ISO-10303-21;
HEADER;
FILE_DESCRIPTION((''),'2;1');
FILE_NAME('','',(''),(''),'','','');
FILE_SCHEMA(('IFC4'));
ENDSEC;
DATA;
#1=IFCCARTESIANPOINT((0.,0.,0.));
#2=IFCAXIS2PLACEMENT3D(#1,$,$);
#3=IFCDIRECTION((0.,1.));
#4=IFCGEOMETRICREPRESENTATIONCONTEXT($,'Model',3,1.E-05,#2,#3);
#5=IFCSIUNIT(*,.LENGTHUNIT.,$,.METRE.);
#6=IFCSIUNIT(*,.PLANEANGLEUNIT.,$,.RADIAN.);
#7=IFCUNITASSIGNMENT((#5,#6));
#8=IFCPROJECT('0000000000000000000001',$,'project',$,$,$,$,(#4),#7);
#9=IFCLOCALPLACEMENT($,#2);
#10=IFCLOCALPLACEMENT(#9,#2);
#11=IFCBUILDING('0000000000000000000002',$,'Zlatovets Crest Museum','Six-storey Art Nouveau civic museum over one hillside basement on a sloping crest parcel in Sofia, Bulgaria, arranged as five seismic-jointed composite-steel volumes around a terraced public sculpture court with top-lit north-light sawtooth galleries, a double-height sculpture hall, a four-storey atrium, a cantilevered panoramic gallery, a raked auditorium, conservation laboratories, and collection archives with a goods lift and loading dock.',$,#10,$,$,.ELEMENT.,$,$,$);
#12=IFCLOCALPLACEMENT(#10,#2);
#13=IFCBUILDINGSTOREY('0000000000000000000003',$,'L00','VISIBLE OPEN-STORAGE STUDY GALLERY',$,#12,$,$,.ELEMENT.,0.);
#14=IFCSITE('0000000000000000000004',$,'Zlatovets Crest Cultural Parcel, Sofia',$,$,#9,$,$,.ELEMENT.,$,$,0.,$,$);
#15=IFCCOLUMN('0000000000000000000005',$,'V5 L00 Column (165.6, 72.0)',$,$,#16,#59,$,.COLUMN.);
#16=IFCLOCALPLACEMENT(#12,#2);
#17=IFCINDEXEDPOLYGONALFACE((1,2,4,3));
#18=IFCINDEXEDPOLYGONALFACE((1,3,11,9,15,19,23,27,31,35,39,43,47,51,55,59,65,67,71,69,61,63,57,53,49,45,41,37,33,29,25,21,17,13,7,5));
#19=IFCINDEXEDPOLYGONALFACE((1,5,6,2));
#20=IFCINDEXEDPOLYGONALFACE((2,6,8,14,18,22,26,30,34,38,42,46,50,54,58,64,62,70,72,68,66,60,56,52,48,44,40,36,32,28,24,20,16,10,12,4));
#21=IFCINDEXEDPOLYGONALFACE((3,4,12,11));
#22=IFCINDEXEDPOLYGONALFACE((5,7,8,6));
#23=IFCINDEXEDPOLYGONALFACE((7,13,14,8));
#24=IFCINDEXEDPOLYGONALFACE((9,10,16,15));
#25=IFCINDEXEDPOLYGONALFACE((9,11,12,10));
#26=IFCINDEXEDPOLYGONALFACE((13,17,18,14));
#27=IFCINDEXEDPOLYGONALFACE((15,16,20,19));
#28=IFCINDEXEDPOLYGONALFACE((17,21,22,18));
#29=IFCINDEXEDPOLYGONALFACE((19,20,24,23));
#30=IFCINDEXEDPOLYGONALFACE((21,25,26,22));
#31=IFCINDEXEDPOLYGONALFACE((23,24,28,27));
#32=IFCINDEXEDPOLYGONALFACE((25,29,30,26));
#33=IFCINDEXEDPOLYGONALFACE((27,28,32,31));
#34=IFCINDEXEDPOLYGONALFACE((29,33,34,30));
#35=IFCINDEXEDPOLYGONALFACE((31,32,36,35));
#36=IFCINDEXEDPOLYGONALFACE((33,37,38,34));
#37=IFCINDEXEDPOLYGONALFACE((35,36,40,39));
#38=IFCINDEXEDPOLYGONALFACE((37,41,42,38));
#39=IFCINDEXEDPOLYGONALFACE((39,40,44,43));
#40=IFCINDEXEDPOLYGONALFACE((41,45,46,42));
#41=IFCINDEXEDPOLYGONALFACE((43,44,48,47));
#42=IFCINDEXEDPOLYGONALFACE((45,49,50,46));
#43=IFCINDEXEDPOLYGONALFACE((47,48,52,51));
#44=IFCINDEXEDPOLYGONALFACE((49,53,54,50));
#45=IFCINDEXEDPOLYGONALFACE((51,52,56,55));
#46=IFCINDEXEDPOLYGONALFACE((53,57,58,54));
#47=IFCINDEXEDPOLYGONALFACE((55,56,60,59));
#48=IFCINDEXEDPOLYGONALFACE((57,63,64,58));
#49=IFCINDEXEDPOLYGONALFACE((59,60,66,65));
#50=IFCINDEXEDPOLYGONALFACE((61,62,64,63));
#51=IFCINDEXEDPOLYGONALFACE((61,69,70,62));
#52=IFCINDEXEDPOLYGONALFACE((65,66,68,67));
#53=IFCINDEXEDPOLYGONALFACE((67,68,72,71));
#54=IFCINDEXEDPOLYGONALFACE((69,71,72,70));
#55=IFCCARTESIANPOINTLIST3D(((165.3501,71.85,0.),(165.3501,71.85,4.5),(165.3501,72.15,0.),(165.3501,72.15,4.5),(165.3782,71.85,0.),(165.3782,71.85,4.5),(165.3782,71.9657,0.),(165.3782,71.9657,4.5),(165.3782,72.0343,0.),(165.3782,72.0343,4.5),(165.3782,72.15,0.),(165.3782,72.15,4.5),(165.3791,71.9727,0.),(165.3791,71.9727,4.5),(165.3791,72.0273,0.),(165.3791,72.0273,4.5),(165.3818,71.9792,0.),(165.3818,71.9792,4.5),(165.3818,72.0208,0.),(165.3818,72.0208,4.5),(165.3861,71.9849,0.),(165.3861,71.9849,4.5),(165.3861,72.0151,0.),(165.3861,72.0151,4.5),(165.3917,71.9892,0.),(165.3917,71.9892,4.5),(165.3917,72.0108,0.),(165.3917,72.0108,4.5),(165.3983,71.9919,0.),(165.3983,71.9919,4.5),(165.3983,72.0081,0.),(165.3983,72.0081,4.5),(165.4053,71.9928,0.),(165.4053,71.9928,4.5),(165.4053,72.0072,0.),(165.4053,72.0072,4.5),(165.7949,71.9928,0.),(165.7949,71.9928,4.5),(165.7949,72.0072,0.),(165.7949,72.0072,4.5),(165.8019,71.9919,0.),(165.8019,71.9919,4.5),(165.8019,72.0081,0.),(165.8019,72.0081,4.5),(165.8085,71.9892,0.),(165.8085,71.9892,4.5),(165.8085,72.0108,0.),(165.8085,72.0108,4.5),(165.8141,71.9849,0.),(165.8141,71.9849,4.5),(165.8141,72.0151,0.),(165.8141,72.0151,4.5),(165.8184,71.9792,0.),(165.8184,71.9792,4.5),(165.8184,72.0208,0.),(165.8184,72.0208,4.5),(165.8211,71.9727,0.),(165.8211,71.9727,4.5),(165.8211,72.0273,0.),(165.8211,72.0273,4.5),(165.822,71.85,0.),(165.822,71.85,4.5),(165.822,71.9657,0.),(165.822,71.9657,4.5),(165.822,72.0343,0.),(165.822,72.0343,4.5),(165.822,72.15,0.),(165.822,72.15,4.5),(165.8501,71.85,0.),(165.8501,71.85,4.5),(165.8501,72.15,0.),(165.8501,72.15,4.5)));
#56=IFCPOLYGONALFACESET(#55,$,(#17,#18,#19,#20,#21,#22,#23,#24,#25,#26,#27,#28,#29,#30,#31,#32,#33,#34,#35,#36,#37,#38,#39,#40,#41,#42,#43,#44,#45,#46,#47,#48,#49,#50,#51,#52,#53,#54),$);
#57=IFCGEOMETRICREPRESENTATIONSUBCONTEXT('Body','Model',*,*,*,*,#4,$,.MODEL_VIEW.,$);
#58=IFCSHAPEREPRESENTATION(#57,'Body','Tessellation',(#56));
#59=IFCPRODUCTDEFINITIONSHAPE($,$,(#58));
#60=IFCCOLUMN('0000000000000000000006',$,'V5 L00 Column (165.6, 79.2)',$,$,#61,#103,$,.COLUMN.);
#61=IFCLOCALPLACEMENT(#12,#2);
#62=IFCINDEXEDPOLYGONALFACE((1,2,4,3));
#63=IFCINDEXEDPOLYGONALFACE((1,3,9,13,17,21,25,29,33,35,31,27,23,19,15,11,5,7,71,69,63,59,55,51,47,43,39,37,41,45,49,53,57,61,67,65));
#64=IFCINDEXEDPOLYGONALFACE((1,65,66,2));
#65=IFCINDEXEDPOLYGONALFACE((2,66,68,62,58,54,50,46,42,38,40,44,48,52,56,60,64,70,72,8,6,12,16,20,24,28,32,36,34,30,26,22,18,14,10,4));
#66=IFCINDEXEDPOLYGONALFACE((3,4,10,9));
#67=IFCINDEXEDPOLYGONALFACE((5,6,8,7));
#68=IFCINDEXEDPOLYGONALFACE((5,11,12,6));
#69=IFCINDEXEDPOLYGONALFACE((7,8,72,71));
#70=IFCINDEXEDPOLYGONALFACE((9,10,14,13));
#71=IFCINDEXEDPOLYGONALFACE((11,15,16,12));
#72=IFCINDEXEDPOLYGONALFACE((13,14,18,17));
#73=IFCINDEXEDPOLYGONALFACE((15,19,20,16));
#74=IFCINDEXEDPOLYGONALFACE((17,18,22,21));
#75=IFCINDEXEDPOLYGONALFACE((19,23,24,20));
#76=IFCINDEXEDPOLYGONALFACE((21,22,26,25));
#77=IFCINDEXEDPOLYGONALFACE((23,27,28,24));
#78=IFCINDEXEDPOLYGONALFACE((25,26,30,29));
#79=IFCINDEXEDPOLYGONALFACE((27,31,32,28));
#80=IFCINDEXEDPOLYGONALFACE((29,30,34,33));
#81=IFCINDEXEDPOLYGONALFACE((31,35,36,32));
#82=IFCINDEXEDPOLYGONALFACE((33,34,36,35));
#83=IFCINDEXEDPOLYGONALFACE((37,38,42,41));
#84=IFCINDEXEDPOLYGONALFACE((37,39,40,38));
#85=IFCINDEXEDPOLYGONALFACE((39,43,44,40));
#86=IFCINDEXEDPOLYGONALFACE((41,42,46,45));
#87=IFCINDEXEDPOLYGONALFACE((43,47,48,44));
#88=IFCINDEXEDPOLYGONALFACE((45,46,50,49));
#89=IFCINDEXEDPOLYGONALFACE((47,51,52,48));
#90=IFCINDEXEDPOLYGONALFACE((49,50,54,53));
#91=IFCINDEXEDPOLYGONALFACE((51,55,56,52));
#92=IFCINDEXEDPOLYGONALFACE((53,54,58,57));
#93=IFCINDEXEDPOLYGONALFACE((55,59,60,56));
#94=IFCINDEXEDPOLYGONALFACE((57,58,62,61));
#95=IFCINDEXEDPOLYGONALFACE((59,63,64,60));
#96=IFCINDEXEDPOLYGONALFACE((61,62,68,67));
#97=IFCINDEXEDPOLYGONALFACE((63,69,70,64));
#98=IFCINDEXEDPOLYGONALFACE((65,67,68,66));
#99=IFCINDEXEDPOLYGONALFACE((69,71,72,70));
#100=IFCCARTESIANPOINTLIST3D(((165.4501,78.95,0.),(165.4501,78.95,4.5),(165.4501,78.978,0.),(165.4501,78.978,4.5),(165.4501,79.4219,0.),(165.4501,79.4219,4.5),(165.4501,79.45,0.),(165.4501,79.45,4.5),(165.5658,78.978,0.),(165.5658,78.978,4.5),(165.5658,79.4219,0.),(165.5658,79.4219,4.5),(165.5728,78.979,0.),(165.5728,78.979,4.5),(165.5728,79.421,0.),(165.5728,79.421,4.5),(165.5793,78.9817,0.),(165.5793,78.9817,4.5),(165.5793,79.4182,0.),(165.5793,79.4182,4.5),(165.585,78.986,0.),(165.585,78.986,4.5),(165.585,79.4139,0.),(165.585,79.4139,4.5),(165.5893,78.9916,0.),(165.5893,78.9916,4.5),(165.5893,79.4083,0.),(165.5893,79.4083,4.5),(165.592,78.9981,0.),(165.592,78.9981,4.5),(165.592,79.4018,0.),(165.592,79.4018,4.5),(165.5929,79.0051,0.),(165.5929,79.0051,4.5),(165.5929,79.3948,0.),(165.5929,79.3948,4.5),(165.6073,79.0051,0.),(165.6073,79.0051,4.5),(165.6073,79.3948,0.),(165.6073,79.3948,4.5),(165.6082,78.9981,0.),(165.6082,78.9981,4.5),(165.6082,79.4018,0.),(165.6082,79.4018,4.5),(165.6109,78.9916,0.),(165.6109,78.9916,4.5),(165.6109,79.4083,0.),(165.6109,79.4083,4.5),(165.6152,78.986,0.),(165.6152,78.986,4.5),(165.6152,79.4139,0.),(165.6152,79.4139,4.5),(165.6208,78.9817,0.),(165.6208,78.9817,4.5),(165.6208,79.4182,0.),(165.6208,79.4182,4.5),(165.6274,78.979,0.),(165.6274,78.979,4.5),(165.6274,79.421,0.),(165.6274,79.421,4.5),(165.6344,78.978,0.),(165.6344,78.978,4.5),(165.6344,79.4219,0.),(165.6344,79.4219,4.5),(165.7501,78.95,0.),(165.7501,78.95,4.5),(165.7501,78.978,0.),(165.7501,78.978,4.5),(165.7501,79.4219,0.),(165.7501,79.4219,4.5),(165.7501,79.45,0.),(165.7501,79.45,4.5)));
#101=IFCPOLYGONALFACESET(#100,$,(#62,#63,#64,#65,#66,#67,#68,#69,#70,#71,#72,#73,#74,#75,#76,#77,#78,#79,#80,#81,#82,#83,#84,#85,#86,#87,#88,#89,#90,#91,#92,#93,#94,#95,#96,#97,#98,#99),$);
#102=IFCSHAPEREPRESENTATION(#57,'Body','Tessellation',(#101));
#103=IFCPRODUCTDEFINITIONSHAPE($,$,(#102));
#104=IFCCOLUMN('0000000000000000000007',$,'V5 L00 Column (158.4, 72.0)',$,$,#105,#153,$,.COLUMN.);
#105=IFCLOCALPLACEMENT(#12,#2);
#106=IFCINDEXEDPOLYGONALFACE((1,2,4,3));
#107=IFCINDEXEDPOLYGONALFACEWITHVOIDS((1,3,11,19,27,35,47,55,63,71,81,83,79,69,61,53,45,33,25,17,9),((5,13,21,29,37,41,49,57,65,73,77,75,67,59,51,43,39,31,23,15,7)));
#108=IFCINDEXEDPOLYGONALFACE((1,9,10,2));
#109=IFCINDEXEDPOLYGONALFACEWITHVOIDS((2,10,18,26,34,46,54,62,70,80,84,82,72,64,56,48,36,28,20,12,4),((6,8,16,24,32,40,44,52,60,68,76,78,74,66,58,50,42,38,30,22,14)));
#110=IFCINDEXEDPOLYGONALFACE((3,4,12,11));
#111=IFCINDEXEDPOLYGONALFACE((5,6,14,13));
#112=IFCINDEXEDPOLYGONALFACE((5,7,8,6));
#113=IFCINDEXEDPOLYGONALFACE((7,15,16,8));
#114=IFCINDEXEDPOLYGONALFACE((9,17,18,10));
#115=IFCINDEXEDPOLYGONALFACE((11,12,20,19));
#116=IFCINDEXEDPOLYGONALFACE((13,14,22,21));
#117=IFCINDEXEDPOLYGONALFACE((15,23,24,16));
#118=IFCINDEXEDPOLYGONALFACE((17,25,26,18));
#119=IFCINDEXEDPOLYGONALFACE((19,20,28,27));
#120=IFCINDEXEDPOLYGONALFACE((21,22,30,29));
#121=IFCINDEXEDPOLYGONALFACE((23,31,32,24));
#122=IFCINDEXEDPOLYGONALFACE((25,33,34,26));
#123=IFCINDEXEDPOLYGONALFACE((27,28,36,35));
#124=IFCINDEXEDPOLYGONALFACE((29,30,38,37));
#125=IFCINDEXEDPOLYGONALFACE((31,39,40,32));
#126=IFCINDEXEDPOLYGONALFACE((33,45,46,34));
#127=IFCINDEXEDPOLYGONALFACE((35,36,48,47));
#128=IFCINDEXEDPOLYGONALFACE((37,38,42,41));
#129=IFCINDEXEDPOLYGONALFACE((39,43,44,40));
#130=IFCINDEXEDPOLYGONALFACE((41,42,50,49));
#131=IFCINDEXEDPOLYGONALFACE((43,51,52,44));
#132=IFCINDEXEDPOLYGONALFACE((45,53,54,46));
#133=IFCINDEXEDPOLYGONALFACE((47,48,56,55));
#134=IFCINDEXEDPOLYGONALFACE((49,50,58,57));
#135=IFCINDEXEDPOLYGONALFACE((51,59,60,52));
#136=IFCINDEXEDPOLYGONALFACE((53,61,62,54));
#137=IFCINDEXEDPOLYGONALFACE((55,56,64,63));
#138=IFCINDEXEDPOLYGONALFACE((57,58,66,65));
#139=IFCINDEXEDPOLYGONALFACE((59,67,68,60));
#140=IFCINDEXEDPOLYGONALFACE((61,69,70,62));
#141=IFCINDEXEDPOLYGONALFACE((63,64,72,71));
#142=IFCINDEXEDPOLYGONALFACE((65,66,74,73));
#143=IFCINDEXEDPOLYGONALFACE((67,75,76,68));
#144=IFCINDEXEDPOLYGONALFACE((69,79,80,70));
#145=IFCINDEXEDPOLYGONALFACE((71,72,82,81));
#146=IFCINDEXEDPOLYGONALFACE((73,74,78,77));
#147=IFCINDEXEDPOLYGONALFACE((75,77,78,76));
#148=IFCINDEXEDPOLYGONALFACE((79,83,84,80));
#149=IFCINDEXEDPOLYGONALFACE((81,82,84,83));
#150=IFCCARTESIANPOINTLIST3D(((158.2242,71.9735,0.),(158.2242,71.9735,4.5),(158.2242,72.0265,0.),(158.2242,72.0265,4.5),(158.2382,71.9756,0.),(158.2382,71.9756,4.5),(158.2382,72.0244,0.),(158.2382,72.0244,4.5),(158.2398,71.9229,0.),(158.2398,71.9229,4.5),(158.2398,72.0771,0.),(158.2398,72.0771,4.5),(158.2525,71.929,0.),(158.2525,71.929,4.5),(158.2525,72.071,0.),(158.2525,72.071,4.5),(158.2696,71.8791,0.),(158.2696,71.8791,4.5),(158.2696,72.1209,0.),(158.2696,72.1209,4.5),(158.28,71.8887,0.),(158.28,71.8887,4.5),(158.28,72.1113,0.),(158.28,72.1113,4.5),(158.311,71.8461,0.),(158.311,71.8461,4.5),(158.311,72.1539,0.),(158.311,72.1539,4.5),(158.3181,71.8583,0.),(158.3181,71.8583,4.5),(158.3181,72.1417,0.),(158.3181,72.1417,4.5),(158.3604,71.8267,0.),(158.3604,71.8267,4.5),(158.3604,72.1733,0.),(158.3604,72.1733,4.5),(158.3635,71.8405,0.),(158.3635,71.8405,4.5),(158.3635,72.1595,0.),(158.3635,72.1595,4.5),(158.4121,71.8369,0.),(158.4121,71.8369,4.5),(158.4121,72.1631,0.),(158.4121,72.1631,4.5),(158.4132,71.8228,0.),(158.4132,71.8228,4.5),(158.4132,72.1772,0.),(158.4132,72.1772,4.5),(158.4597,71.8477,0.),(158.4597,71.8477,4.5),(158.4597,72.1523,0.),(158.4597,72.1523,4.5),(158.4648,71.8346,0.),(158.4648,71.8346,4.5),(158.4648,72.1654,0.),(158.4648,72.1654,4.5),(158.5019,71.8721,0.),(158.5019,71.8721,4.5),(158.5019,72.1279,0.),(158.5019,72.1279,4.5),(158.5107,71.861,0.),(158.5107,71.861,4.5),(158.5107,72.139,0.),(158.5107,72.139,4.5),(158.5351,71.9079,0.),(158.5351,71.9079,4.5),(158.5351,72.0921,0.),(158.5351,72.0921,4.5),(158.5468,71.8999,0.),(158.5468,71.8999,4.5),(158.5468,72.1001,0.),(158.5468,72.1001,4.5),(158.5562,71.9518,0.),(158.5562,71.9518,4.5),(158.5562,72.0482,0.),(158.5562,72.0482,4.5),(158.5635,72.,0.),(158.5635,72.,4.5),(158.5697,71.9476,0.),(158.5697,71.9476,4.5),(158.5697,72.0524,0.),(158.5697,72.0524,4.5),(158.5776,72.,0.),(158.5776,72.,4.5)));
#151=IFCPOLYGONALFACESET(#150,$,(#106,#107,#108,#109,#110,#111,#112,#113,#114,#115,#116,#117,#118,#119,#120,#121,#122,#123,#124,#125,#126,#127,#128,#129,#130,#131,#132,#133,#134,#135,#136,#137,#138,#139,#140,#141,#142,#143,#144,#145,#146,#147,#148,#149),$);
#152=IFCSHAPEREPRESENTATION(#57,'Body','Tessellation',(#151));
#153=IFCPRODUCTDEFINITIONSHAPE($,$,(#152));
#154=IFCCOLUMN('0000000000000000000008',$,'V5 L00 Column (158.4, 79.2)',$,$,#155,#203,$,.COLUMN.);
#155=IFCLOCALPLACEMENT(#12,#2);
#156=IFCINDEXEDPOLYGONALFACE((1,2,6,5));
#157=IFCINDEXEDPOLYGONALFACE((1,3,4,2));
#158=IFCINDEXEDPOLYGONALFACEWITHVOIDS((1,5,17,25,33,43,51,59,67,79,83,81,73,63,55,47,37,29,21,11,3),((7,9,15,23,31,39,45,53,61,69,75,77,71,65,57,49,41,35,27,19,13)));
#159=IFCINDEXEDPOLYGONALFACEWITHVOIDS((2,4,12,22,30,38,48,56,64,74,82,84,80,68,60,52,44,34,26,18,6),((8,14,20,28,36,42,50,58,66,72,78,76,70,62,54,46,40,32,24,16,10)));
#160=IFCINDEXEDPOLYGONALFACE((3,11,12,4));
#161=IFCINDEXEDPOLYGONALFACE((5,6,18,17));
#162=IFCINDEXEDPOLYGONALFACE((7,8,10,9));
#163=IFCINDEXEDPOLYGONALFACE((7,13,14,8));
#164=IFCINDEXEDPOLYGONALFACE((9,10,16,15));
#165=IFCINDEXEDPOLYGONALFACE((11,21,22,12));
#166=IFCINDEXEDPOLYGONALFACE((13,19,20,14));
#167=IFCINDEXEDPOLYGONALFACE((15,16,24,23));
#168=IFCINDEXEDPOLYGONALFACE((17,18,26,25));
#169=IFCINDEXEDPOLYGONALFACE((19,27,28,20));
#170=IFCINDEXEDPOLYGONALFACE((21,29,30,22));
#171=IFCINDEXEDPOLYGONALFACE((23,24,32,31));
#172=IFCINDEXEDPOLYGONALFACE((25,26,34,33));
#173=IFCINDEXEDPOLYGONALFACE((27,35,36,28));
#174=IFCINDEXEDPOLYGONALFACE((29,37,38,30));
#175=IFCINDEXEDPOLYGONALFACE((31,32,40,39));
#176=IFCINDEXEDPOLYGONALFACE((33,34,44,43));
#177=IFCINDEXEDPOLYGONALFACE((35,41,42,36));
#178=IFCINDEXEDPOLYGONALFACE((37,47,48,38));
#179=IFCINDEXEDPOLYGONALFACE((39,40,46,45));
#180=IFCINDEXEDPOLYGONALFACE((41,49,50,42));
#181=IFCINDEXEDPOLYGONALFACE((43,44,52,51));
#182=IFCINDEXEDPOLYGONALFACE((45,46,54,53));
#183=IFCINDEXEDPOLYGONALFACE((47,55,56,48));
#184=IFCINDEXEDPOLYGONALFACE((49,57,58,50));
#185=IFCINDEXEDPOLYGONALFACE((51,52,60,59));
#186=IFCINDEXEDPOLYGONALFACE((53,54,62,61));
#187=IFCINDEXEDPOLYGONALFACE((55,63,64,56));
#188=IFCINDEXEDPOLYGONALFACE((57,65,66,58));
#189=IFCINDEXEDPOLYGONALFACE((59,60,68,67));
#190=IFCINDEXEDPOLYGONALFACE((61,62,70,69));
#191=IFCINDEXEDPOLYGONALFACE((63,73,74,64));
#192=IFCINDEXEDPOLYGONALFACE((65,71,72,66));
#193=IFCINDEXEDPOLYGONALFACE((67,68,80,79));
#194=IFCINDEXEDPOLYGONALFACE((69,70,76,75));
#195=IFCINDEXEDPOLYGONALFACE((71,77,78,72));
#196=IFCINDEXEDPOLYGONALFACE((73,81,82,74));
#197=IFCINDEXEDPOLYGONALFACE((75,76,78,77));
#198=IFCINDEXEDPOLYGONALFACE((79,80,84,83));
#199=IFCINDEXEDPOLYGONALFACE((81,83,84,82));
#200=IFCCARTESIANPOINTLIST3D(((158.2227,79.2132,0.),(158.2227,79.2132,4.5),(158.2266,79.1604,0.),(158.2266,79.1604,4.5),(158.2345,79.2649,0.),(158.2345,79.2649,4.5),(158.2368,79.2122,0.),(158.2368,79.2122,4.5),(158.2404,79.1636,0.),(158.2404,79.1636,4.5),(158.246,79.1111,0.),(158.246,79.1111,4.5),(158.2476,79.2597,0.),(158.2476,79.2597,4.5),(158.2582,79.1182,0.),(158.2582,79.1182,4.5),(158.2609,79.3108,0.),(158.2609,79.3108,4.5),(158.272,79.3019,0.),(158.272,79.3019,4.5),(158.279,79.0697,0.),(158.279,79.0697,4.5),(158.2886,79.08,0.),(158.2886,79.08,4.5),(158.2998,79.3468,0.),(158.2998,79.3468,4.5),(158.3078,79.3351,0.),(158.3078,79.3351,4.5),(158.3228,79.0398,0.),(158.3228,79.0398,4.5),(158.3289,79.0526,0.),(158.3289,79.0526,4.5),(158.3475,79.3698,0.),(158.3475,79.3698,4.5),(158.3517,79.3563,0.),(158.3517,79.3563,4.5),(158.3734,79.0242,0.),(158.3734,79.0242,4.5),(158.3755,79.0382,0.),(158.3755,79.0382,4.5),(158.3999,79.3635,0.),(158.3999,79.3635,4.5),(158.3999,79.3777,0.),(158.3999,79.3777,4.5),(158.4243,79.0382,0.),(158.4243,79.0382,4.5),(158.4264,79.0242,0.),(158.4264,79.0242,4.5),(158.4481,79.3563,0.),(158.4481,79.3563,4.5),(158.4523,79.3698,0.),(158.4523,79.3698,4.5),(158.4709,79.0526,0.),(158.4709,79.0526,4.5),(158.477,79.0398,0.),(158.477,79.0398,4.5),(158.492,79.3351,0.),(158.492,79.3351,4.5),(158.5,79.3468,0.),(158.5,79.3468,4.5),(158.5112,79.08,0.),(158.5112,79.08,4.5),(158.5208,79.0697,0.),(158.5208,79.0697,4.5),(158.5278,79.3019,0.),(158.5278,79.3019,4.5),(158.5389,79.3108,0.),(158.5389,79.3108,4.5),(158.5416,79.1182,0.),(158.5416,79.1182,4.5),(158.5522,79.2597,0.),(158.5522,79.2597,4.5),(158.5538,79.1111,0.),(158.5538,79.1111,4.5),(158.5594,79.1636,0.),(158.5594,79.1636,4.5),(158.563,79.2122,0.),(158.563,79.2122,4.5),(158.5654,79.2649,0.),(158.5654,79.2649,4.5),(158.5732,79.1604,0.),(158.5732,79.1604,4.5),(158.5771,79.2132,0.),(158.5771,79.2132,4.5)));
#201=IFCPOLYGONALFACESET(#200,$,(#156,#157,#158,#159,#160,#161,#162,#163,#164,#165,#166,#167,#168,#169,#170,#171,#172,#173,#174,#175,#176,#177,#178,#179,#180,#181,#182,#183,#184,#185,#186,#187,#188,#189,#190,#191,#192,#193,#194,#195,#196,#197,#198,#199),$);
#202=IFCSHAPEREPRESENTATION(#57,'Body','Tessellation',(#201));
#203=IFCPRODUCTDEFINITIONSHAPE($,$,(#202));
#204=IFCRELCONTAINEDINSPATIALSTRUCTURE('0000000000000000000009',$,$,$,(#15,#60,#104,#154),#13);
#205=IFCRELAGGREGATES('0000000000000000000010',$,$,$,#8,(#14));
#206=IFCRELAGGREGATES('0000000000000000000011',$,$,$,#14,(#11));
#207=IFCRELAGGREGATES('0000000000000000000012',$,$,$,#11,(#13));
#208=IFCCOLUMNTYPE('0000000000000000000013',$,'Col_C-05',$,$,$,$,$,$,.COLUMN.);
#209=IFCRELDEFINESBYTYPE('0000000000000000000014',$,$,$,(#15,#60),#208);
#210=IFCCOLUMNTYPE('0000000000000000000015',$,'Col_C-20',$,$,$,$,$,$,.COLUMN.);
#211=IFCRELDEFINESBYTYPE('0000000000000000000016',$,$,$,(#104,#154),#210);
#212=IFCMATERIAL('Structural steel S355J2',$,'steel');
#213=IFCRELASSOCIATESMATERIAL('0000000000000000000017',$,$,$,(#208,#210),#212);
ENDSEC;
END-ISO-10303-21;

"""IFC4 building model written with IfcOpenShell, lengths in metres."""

from ifc_helpers import new_model, si_unit, direction, frame, origin, origin_2d, place, context, subcontext, project, spatial, hollow_circle, i_section, extrude, material, material_profile, profile_set, type_object, element, save


model = new_model("IFC4")

# Units and contexts
model_context = context("Model", 3, precision=1e-05, world=origin(), true_north=direction((0.0, 1.0)))
body_context = subcontext(model_context, "Body", "Model", "MODEL_VIEW")
ifc_project = project(units=[si_unit("LENGTHUNIT", "METRE"), si_unit("PLANEANGLEUNIT", "RADIAN")], contexts=[model_context])

# Site, building, storey
site_placement = place(None, origin())
site = spatial("IfcSite", under=ifc_project, at=site_placement, Name="Zlatovets Crest Cultural Parcel, Sofia", CompositionType="ELEMENT", RefElevation=0.0)
building_placement = place(site_placement, origin())
building = spatial("IfcBuilding", under=site, at=building_placement, Name="Zlatovets Crest Museum", Description="Six-storey Art Nouveau civic museum over one hillside basement on a sloping crest parcel in Sofia, Bulgaria, arranged as five seismic-jointed composite-steel volumes around a terraced public sculpture court with top-lit north-light sawtooth galleries, a double-height sculpture hall, a four-storey atrium, a cantilevered panoramic gallery, a raked auditorium, conservation laboratories, and collection archives with a goods lift and loading dock.", CompositionType="ELEMENT")
storey_placement = place(building_placement, origin())
storey = spatial("IfcBuildingStorey", under=building, at=storey_placement, Name="L00", Description="VISIBLE OPEN-STORAGE STUDY GALLERY", CompositionType="ELEMENT", Elevation=0.0)

# Columns
ifc_material_1 = material(Name="Structural steel S355J2", Category="steel")
ifc_material_profile_1 = material_profile(ifc_material_1, i_section(OverallWidth=0.3, OverallDepth=0.5, WebThickness=0.0144, FlangeThickness=0.0281, FilletRadius=0.0271, at=origin_2d()), Name="HEB 500")
ifc_profile_set_1 = profile_set([ifc_material_profile_1], Name="Structural steel S355J2")
column_type_1 = type_object("IfcColumnType", Name="Col_C-05", PredefinedType="COLUMN", material=ifc_profile_set_1)
for number, where, z_axis, x_axis, name in (
    (1, (165.6001, 72.0, 0.0), (0.0, 0.0, 1.0), (0.0, 1.0, 0.0), "V5 L00 Column (165.6, 72.0)"),
    (2, (165.6001, 79.2, 0.0), (0.0, 0.0, 1.0), (1.0, 0.0, 0.0), "V5 L00 Column (165.6, 79.2)"),
):
    element("IfcColumn", number, at=place(storey_placement, frame(where, z_axis=z_axis, x_axis=x_axis)), inside=storey, type_object=column_type_1, Name=name, PredefinedType="COLUMN", context=body_context, shape_type="SweptSolid", body=[
        extrude(i_section(OverallWidth=0.3, OverallDepth=0.5, WebThickness=0.0144, FlangeThickness=0.0281, FilletRadius=0.0271, at=origin_2d()), origin(), (0.0, 0.0, 1.0), 4.5),
    ])
ifc_material_profile_2 = material_profile(ifc_material_1, hollow_circle(Radius=0.1777, WallThickness=0.0142, at=origin_2d()), Name="CHS 355.6x14.2")
ifc_profile_set_2 = profile_set([ifc_material_profile_2], Name="Structural steel S355J2")
column_type_2 = type_object("IfcColumnType", Name="Col_C-20", PredefinedType="COLUMN", material=ifc_profile_set_2)
for number, where, z_axis, x_axis, name in (
    (3, (158.3999, 72.0, 0.0), (0.0, 0.0, 1.0), (1.0, 0.0, 0.0), "V5 L00 Column (158.4, 72.0)"),
    (4, (158.3999, 79.2, 0.0), (0.0, 0.0, 1.0), (0.0, 1.0, 0.0), "V5 L00 Column (158.4, 79.2)"),
):
    element("IfcColumn", number, at=place(storey_placement, frame(where, z_axis=z_axis, x_axis=x_axis)), inside=storey, type_object=column_type_2, Name=name, PredefinedType="COLUMN", context=body_context, shape_type="SweptSolid", body=[
        extrude(hollow_circle(Radius=0.1777, WallThickness=0.0142, at=origin_2d()), origin(), (0.0, 0.0, 1.0), 4.5),
    ])

save(model, "model.ifc")
